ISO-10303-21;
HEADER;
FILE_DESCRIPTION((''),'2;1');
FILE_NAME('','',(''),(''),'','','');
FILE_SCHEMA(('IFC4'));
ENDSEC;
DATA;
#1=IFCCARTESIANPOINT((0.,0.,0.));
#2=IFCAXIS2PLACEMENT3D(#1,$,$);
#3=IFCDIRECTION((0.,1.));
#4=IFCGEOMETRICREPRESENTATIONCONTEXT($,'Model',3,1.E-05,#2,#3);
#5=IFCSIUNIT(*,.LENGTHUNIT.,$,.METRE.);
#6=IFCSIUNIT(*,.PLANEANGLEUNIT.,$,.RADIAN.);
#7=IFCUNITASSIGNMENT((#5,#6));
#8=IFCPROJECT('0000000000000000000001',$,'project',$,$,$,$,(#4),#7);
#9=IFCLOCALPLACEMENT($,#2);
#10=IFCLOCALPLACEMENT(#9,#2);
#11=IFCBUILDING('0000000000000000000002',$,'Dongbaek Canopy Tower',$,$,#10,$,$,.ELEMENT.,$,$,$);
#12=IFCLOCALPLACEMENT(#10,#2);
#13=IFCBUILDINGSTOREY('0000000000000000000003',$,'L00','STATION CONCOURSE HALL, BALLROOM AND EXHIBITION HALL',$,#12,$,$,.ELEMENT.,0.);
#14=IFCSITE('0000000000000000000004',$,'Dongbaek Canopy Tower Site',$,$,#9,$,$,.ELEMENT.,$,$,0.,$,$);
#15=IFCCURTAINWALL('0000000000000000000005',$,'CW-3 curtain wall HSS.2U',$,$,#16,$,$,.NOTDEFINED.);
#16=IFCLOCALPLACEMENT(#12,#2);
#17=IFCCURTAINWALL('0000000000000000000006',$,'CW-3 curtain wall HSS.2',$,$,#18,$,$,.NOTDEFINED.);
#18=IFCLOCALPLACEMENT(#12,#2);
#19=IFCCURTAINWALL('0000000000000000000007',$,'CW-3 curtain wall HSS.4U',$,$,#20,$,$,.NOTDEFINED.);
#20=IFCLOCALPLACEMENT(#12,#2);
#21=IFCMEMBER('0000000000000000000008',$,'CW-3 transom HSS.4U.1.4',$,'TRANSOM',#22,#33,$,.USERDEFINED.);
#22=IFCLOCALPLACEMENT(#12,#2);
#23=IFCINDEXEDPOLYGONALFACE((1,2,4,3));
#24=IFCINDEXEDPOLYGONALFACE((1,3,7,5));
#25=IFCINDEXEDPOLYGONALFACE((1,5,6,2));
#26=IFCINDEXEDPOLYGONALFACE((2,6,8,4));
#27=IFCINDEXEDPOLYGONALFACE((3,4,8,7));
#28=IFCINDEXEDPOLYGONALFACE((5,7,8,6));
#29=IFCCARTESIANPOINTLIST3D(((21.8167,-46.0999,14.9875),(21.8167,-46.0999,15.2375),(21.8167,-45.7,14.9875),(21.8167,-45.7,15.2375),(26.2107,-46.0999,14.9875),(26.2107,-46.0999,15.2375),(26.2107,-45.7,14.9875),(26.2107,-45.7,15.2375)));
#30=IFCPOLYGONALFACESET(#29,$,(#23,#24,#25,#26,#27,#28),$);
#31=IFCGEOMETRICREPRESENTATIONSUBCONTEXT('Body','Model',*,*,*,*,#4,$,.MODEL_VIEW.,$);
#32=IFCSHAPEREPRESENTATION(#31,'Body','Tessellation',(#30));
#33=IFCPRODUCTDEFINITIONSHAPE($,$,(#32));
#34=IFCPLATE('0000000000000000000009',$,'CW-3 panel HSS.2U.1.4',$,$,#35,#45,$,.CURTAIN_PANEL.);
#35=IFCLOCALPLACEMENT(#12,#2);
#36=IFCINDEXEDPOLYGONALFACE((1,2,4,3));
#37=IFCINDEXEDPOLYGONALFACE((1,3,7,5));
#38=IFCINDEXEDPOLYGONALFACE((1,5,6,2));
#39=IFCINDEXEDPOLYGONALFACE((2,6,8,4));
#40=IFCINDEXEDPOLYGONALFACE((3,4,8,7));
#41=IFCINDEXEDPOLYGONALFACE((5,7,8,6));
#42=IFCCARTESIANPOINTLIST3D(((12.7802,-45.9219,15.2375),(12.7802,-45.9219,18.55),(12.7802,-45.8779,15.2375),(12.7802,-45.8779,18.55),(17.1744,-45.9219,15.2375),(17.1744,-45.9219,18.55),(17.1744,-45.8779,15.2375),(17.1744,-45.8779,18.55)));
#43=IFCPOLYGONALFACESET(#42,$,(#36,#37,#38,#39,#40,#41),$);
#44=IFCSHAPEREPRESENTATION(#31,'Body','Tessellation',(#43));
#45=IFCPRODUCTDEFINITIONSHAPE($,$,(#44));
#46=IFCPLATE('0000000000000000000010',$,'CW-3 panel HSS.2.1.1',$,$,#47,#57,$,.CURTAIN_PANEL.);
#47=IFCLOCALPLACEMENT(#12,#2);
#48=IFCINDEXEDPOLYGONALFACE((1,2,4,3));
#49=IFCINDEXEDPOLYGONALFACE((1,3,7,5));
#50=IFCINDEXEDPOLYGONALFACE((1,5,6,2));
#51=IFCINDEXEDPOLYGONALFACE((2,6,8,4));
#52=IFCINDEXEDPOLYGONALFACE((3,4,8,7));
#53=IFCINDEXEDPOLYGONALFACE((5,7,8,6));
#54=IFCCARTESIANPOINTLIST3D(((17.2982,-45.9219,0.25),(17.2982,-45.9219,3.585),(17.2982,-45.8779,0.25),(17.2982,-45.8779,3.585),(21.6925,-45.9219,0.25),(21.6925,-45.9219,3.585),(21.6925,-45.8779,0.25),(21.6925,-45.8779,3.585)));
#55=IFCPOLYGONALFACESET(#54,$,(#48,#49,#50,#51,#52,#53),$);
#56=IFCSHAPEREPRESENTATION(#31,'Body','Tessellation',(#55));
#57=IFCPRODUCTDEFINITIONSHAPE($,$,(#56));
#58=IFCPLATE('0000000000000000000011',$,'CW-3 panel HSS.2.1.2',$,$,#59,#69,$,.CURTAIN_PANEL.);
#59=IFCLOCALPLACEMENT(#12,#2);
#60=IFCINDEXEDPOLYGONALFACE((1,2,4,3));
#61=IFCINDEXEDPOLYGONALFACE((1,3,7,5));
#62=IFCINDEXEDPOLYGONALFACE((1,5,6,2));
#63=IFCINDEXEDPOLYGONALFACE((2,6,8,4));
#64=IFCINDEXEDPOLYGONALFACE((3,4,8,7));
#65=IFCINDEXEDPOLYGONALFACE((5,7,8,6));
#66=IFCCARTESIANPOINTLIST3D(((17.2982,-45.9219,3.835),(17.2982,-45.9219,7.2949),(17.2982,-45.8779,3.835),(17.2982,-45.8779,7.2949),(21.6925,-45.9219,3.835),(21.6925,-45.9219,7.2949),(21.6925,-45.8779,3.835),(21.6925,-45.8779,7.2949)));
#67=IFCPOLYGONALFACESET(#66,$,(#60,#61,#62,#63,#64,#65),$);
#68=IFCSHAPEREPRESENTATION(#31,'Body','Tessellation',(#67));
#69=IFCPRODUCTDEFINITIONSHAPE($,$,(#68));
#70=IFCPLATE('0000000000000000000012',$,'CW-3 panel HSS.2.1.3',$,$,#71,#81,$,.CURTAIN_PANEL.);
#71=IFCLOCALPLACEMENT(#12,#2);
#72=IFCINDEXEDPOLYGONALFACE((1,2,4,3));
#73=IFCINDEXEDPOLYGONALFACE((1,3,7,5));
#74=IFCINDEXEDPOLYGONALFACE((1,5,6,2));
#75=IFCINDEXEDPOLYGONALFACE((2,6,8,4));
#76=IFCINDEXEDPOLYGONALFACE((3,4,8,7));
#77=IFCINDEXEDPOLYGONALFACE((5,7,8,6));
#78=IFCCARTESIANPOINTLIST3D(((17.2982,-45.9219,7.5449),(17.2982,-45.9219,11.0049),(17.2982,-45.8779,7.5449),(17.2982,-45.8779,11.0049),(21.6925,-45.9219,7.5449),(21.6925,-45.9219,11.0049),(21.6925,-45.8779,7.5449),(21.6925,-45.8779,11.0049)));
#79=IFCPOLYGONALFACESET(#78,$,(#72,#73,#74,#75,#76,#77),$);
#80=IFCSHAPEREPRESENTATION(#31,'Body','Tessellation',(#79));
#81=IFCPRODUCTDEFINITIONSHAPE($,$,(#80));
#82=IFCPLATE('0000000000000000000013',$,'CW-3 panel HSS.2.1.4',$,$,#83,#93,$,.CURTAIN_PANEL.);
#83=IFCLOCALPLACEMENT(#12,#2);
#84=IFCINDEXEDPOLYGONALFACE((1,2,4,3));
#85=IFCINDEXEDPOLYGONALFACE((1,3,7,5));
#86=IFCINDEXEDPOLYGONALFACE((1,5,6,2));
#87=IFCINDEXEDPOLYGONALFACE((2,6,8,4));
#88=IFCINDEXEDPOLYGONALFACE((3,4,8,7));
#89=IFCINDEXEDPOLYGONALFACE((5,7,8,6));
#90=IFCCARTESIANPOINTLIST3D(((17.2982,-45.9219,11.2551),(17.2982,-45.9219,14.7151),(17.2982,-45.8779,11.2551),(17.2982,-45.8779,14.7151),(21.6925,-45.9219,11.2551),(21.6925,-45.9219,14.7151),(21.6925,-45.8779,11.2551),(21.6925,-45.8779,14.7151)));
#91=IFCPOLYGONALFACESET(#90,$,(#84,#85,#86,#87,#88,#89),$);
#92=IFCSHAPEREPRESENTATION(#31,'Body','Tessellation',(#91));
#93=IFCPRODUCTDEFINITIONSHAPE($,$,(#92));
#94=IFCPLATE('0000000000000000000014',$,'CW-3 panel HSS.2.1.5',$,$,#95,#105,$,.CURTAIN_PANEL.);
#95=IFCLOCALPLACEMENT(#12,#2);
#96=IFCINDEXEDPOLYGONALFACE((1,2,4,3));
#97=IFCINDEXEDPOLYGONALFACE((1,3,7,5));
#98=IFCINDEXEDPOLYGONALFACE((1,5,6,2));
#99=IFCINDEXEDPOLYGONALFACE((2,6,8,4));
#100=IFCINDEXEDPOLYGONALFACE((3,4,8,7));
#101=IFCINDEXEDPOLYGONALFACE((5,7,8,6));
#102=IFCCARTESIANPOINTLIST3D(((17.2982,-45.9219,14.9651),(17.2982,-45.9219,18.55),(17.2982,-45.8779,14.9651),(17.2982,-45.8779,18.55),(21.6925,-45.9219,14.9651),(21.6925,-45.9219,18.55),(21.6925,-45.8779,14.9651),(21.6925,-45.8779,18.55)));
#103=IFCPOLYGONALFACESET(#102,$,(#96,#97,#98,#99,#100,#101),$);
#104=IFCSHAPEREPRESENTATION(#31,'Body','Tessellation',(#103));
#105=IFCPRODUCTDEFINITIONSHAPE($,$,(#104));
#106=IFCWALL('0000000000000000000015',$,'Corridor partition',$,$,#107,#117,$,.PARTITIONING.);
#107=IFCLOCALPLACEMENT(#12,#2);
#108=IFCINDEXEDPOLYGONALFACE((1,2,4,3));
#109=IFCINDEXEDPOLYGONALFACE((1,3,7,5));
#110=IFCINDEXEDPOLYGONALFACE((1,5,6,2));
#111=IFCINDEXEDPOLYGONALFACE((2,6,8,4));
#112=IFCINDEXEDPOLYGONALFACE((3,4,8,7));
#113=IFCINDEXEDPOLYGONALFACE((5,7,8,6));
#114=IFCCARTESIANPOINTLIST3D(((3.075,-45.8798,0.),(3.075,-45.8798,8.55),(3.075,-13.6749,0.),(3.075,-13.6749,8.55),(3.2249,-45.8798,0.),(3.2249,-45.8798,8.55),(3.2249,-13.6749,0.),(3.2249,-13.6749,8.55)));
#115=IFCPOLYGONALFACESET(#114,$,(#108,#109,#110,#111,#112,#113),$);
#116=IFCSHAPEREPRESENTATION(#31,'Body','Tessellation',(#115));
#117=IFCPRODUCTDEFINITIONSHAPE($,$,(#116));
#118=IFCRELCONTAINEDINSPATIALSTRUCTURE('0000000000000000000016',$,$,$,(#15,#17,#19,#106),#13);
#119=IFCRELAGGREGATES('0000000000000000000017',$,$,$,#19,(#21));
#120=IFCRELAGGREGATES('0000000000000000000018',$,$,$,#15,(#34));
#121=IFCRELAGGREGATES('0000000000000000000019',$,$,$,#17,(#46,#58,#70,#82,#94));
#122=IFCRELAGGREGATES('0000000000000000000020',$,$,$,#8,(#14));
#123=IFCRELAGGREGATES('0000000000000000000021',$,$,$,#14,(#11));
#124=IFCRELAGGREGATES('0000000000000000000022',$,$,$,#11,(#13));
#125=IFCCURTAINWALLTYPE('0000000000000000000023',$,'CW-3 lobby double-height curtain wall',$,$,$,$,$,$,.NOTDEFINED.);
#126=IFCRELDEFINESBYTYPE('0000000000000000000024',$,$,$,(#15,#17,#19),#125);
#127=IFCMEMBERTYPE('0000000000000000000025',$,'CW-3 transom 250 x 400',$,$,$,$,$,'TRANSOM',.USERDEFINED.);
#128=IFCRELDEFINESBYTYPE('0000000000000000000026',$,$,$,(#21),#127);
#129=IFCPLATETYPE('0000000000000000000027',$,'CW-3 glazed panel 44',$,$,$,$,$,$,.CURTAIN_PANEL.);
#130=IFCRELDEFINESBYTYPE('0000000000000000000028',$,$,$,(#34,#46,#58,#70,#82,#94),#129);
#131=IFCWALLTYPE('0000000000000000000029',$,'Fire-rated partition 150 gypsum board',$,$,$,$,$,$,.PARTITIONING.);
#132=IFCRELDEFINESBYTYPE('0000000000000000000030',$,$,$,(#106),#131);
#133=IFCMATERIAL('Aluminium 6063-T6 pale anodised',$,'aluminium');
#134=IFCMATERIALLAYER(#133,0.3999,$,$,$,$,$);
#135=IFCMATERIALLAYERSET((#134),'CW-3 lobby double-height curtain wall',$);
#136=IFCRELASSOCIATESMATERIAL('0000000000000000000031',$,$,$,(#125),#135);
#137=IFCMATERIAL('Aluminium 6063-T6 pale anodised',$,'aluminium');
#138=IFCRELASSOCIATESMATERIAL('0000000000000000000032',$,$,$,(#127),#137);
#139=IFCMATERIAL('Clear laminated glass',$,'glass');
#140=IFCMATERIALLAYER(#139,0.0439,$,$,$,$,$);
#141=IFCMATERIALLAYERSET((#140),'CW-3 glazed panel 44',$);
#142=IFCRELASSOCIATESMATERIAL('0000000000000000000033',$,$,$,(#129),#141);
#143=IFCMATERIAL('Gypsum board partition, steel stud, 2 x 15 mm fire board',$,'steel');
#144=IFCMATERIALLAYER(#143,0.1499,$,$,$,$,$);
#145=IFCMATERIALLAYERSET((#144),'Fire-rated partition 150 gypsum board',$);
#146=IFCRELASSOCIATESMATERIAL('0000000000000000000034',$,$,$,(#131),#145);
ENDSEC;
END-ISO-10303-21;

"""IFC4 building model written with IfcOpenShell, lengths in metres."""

from ifc_helpers import new_model, si_unit, direction, frame, frame_2d, origin, origin_2d, place, context, subcontext, project, spatial, rectangle, extrude, material, layer, layer_set, material_profile, profile_set, type_object, element, aggregate, save


model = new_model("IFC4")

# Units and contexts
model_context = context("Model", 3, precision=1e-05, world=origin(), true_north=direction((0.0, 1.0)))
body_context = subcontext(model_context, "Body", "Model", "MODEL_VIEW")
ifc_project = project(units=[si_unit("LENGTHUNIT", "METRE"), si_unit("PLANEANGLEUNIT", "RADIAN")], contexts=[model_context])

# Site, building, storey
site_placement = place(None, origin())
site = spatial("IfcSite", under=ifc_project, at=site_placement, Name="Dongbaek Canopy Tower Site", CompositionType="ELEMENT", RefElevation=0.0)
building_placement = place(site_placement, origin())
building = spatial("IfcBuilding", under=site, at=building_placement, Name="Dongbaek Canopy Tower", CompositionType="ELEMENT")
storey_placement = place(building_placement, origin())
storey = spatial("IfcBuildingStorey", under=building, at=storey_placement, Name="L00", Description="STATION CONCOURSE HALL, BALLROOM AND EXHIBITION HALL", CompositionType="ELEMENT", Elevation=0.0)

# Curtain wall
ifc_material_1 = material(Name="Aluminium 6063-T6 pale anodised", Category="aluminium")
ifc_layer_1 = layer(ifc_material_1, 0.3999)
ifc_layer_set_1 = layer_set([ifc_layer_1], Name="CW-3 lobby double-height curtain wall")
curtain_wall_type = type_object("IfcCurtainWallType", Name="CW-3 lobby double-height curtain wall", PredefinedType="NOTDEFINED", material=ifc_layer_set_1)
curtain_wall_1_placement = place(storey_placement, origin())
curtain_wall_1 = element("IfcCurtainWall", 1, at=curtain_wall_1_placement, inside=storey, type_object=curtain_wall_type, Name="CW-3 curtain wall HSS.2U", PredefinedType="NOTDEFINED")

# Curtain walls, member
curtain_wall_2_placement = place(storey_placement, origin())
curtain_wall_2 = element("IfcCurtainWall", 2, at=curtain_wall_2_placement, inside=storey, type_object=curtain_wall_type, Name="CW-3 curtain wall HSS.2", PredefinedType="NOTDEFINED")
ifc_material_2 = material(Name="Aluminium 6063-T6 pale anodised", Category="aluminium")
ifc_material_profile_1 = material_profile(ifc_material_2, rectangle(XDim=0.3999, YDim=0.25, at=origin_2d()), Name="CW-3 transom 250 x 400")
ifc_profile_set_1 = profile_set([ifc_material_profile_1], Name="Aluminium 6063-T6 pale anodised")
member_type_1 = type_object("IfcMemberType", Name="CW-3 transom 250 x 400", ElementType="TRANSOM", PredefinedType="USERDEFINED", material=ifc_profile_set_1)
curtain_wall_3_placement = place(storey_placement, origin())
curtain_wall_3 = element("IfcCurtainWall", 3, at=curtain_wall_3_placement, inside=storey, type_object=curtain_wall_type, Name="CW-3 curtain wall HSS.4U", PredefinedType="NOTDEFINED")
member_1_placement = place(storey_placement, frame((21.8167, -45.8999, 15.1125), z_axis=(1.0, 0.0, 0.0), x_axis=(0.0, 1.0, 0.0)))
member_1 = element("IfcMember", 4, at=member_1_placement, type_object=member_type_1, Name="CW-3 transom HSS.4U.1.4", ObjectType="TRANSOM", PredefinedType="USERDEFINED", context=body_context, shape_type="SweptSolid", body=[
    extrude(rectangle(XDim=0.3999, YDim=0.25, at=origin_2d()), origin(), (0.0, 0.0, 1.0), 4.394),
])
aggregate(curtain_wall_3, [member_1])

# Plates
ifc_material_3 = material(Name="Clear laminated glass", Category="glass")
ifc_layer_2 = layer(ifc_material_3, 0.0439)
ifc_layer_set_2 = layer_set([ifc_layer_2], Name="CW-3 glazed panel 44")
plate_type = type_object("IfcPlateType", Name="CW-3 glazed panel 44", PredefinedType="CURTAIN_PANEL", material=ifc_layer_set_2)
plate_1_placement = place(storey_placement, frame((14.9773, -45.8999, 15.2375), z_axis=(0.0, 0.0, 1.0), x_axis=(1.0, 0.0, 0.0)))
plate_1 = element("IfcPlate", 5, at=plate_1_placement, type_object=plate_type, Name="CW-3 panel HSS.2U.1.4", PredefinedType="CURTAIN_PANEL", context=body_context, shape_type="SweptSolid", body=[
    extrude(rectangle(XDim=4.3943, YDim=0.0439, at=origin_2d()), origin(), (0.0, 0.0, 1.0), 3.3125),
])
aggregate(curtain_wall_1, [plate_1])
plate_2_placement = place(storey_placement, frame((19.4954, -45.8999, 0.25), z_axis=(0.0, 0.0, 1.0), x_axis=(1.0, 0.0, 0.0)))
plate_2 = element("IfcPlate", 6, at=plate_2_placement, type_object=plate_type, Name="CW-3 panel HSS.2.1.1", PredefinedType="CURTAIN_PANEL", context=body_context, shape_type="SweptSolid", body=[
    extrude(rectangle(XDim=4.3943, YDim=0.0439, at=origin_2d()), origin(), (0.0, 0.0, 1.0), 3.335),
])
plate_3_placement = place(storey_placement, frame((19.4954, -45.8999, 3.835), z_axis=(0.0, 0.0, 1.0), x_axis=(1.0, 0.0, 0.0)))
plate_3 = element("IfcPlate", 7, at=plate_3_placement, type_object=plate_type, Name="CW-3 panel HSS.2.1.2", PredefinedType="CURTAIN_PANEL", context=body_context, shape_type="SweptSolid", body=[
    extrude(rectangle(XDim=4.3943, YDim=0.0439, at=origin_2d()), origin(), (0.0, 0.0, 1.0), 3.46),
])
plate_4_placement = place(storey_placement, frame((19.4954, -45.8999, 7.5449), z_axis=(0.0, 0.0, 1.0), x_axis=(1.0, 0.0, 0.0)))
plate_4 = element("IfcPlate", 8, at=plate_4_placement, type_object=plate_type, Name="CW-3 panel HSS.2.1.3", PredefinedType="CURTAIN_PANEL", context=body_context, shape_type="SweptSolid", body=[
    extrude(rectangle(XDim=4.3943, YDim=0.0439, at=origin_2d()), origin(), (0.0, 0.0, 1.0), 3.46),
])
plate_5_placement = place(storey_placement, frame((19.4954, -45.8999, 11.2551), z_axis=(0.0, 0.0, 1.0), x_axis=(1.0, 0.0, 0.0)))
plate_5 = element("IfcPlate", 9, at=plate_5_placement, type_object=plate_type, Name="CW-3 panel HSS.2.1.4", PredefinedType="CURTAIN_PANEL", context=body_context, shape_type="SweptSolid", body=[
    extrude(rectangle(XDim=4.3943, YDim=0.0439, at=origin_2d()), origin(), (0.0, 0.0, 1.0), 3.46),
])
plate_6_placement = place(storey_placement, frame((19.4954, -45.8999, 14.9651), z_axis=(0.0, 0.0, 1.0), x_axis=(1.0, 0.0, 0.0)))
plate_6 = element("IfcPlate", 10, at=plate_6_placement, type_object=plate_type, Name="CW-3 panel HSS.2.1.5", PredefinedType="CURTAIN_PANEL", context=body_context, shape_type="SweptSolid", body=[
    extrude(rectangle(XDim=4.3943, YDim=0.0439, at=origin_2d()), origin(), (0.0, 0.0, 1.0), 3.585),
])
aggregate(curtain_wall_2, [plate_2, plate_3, plate_4, plate_5, plate_6])

# Wall
ifc_material_4 = material(Name="Gypsum board partition, steel stud, 2 x 15 mm fire board", Category="steel")
ifc_layer_3 = layer(ifc_material_4, 0.1499)
ifc_layer_set_3 = layer_set([ifc_layer_3], Name="Fire-rated partition 150 gypsum board")
wall_type_1 = type_object("IfcWallType", Name="Fire-rated partition 150 gypsum board", PredefinedType="PARTITIONING", material=ifc_layer_set_3)
wall_1_placement = place(storey_placement, frame((3.1499, -45.8799, 0.0), z_axis=(0.0, 0.0, 1.0), x_axis=(0.0, 1.0, 0.0)))
element("IfcWall", 11, at=wall_1_placement, inside=storey, type_object=wall_type_1, Name="Corridor partition", PredefinedType="PARTITIONING", context=body_context, shape_type="SweptSolid", body=[
    extrude(rectangle(XDim=32.2048, YDim=0.1499, at=frame_2d((16.1025, 0.0))), origin(), (0.0, 0.0, 1.0), 8.55),
])

save(model, "model.ifc")
